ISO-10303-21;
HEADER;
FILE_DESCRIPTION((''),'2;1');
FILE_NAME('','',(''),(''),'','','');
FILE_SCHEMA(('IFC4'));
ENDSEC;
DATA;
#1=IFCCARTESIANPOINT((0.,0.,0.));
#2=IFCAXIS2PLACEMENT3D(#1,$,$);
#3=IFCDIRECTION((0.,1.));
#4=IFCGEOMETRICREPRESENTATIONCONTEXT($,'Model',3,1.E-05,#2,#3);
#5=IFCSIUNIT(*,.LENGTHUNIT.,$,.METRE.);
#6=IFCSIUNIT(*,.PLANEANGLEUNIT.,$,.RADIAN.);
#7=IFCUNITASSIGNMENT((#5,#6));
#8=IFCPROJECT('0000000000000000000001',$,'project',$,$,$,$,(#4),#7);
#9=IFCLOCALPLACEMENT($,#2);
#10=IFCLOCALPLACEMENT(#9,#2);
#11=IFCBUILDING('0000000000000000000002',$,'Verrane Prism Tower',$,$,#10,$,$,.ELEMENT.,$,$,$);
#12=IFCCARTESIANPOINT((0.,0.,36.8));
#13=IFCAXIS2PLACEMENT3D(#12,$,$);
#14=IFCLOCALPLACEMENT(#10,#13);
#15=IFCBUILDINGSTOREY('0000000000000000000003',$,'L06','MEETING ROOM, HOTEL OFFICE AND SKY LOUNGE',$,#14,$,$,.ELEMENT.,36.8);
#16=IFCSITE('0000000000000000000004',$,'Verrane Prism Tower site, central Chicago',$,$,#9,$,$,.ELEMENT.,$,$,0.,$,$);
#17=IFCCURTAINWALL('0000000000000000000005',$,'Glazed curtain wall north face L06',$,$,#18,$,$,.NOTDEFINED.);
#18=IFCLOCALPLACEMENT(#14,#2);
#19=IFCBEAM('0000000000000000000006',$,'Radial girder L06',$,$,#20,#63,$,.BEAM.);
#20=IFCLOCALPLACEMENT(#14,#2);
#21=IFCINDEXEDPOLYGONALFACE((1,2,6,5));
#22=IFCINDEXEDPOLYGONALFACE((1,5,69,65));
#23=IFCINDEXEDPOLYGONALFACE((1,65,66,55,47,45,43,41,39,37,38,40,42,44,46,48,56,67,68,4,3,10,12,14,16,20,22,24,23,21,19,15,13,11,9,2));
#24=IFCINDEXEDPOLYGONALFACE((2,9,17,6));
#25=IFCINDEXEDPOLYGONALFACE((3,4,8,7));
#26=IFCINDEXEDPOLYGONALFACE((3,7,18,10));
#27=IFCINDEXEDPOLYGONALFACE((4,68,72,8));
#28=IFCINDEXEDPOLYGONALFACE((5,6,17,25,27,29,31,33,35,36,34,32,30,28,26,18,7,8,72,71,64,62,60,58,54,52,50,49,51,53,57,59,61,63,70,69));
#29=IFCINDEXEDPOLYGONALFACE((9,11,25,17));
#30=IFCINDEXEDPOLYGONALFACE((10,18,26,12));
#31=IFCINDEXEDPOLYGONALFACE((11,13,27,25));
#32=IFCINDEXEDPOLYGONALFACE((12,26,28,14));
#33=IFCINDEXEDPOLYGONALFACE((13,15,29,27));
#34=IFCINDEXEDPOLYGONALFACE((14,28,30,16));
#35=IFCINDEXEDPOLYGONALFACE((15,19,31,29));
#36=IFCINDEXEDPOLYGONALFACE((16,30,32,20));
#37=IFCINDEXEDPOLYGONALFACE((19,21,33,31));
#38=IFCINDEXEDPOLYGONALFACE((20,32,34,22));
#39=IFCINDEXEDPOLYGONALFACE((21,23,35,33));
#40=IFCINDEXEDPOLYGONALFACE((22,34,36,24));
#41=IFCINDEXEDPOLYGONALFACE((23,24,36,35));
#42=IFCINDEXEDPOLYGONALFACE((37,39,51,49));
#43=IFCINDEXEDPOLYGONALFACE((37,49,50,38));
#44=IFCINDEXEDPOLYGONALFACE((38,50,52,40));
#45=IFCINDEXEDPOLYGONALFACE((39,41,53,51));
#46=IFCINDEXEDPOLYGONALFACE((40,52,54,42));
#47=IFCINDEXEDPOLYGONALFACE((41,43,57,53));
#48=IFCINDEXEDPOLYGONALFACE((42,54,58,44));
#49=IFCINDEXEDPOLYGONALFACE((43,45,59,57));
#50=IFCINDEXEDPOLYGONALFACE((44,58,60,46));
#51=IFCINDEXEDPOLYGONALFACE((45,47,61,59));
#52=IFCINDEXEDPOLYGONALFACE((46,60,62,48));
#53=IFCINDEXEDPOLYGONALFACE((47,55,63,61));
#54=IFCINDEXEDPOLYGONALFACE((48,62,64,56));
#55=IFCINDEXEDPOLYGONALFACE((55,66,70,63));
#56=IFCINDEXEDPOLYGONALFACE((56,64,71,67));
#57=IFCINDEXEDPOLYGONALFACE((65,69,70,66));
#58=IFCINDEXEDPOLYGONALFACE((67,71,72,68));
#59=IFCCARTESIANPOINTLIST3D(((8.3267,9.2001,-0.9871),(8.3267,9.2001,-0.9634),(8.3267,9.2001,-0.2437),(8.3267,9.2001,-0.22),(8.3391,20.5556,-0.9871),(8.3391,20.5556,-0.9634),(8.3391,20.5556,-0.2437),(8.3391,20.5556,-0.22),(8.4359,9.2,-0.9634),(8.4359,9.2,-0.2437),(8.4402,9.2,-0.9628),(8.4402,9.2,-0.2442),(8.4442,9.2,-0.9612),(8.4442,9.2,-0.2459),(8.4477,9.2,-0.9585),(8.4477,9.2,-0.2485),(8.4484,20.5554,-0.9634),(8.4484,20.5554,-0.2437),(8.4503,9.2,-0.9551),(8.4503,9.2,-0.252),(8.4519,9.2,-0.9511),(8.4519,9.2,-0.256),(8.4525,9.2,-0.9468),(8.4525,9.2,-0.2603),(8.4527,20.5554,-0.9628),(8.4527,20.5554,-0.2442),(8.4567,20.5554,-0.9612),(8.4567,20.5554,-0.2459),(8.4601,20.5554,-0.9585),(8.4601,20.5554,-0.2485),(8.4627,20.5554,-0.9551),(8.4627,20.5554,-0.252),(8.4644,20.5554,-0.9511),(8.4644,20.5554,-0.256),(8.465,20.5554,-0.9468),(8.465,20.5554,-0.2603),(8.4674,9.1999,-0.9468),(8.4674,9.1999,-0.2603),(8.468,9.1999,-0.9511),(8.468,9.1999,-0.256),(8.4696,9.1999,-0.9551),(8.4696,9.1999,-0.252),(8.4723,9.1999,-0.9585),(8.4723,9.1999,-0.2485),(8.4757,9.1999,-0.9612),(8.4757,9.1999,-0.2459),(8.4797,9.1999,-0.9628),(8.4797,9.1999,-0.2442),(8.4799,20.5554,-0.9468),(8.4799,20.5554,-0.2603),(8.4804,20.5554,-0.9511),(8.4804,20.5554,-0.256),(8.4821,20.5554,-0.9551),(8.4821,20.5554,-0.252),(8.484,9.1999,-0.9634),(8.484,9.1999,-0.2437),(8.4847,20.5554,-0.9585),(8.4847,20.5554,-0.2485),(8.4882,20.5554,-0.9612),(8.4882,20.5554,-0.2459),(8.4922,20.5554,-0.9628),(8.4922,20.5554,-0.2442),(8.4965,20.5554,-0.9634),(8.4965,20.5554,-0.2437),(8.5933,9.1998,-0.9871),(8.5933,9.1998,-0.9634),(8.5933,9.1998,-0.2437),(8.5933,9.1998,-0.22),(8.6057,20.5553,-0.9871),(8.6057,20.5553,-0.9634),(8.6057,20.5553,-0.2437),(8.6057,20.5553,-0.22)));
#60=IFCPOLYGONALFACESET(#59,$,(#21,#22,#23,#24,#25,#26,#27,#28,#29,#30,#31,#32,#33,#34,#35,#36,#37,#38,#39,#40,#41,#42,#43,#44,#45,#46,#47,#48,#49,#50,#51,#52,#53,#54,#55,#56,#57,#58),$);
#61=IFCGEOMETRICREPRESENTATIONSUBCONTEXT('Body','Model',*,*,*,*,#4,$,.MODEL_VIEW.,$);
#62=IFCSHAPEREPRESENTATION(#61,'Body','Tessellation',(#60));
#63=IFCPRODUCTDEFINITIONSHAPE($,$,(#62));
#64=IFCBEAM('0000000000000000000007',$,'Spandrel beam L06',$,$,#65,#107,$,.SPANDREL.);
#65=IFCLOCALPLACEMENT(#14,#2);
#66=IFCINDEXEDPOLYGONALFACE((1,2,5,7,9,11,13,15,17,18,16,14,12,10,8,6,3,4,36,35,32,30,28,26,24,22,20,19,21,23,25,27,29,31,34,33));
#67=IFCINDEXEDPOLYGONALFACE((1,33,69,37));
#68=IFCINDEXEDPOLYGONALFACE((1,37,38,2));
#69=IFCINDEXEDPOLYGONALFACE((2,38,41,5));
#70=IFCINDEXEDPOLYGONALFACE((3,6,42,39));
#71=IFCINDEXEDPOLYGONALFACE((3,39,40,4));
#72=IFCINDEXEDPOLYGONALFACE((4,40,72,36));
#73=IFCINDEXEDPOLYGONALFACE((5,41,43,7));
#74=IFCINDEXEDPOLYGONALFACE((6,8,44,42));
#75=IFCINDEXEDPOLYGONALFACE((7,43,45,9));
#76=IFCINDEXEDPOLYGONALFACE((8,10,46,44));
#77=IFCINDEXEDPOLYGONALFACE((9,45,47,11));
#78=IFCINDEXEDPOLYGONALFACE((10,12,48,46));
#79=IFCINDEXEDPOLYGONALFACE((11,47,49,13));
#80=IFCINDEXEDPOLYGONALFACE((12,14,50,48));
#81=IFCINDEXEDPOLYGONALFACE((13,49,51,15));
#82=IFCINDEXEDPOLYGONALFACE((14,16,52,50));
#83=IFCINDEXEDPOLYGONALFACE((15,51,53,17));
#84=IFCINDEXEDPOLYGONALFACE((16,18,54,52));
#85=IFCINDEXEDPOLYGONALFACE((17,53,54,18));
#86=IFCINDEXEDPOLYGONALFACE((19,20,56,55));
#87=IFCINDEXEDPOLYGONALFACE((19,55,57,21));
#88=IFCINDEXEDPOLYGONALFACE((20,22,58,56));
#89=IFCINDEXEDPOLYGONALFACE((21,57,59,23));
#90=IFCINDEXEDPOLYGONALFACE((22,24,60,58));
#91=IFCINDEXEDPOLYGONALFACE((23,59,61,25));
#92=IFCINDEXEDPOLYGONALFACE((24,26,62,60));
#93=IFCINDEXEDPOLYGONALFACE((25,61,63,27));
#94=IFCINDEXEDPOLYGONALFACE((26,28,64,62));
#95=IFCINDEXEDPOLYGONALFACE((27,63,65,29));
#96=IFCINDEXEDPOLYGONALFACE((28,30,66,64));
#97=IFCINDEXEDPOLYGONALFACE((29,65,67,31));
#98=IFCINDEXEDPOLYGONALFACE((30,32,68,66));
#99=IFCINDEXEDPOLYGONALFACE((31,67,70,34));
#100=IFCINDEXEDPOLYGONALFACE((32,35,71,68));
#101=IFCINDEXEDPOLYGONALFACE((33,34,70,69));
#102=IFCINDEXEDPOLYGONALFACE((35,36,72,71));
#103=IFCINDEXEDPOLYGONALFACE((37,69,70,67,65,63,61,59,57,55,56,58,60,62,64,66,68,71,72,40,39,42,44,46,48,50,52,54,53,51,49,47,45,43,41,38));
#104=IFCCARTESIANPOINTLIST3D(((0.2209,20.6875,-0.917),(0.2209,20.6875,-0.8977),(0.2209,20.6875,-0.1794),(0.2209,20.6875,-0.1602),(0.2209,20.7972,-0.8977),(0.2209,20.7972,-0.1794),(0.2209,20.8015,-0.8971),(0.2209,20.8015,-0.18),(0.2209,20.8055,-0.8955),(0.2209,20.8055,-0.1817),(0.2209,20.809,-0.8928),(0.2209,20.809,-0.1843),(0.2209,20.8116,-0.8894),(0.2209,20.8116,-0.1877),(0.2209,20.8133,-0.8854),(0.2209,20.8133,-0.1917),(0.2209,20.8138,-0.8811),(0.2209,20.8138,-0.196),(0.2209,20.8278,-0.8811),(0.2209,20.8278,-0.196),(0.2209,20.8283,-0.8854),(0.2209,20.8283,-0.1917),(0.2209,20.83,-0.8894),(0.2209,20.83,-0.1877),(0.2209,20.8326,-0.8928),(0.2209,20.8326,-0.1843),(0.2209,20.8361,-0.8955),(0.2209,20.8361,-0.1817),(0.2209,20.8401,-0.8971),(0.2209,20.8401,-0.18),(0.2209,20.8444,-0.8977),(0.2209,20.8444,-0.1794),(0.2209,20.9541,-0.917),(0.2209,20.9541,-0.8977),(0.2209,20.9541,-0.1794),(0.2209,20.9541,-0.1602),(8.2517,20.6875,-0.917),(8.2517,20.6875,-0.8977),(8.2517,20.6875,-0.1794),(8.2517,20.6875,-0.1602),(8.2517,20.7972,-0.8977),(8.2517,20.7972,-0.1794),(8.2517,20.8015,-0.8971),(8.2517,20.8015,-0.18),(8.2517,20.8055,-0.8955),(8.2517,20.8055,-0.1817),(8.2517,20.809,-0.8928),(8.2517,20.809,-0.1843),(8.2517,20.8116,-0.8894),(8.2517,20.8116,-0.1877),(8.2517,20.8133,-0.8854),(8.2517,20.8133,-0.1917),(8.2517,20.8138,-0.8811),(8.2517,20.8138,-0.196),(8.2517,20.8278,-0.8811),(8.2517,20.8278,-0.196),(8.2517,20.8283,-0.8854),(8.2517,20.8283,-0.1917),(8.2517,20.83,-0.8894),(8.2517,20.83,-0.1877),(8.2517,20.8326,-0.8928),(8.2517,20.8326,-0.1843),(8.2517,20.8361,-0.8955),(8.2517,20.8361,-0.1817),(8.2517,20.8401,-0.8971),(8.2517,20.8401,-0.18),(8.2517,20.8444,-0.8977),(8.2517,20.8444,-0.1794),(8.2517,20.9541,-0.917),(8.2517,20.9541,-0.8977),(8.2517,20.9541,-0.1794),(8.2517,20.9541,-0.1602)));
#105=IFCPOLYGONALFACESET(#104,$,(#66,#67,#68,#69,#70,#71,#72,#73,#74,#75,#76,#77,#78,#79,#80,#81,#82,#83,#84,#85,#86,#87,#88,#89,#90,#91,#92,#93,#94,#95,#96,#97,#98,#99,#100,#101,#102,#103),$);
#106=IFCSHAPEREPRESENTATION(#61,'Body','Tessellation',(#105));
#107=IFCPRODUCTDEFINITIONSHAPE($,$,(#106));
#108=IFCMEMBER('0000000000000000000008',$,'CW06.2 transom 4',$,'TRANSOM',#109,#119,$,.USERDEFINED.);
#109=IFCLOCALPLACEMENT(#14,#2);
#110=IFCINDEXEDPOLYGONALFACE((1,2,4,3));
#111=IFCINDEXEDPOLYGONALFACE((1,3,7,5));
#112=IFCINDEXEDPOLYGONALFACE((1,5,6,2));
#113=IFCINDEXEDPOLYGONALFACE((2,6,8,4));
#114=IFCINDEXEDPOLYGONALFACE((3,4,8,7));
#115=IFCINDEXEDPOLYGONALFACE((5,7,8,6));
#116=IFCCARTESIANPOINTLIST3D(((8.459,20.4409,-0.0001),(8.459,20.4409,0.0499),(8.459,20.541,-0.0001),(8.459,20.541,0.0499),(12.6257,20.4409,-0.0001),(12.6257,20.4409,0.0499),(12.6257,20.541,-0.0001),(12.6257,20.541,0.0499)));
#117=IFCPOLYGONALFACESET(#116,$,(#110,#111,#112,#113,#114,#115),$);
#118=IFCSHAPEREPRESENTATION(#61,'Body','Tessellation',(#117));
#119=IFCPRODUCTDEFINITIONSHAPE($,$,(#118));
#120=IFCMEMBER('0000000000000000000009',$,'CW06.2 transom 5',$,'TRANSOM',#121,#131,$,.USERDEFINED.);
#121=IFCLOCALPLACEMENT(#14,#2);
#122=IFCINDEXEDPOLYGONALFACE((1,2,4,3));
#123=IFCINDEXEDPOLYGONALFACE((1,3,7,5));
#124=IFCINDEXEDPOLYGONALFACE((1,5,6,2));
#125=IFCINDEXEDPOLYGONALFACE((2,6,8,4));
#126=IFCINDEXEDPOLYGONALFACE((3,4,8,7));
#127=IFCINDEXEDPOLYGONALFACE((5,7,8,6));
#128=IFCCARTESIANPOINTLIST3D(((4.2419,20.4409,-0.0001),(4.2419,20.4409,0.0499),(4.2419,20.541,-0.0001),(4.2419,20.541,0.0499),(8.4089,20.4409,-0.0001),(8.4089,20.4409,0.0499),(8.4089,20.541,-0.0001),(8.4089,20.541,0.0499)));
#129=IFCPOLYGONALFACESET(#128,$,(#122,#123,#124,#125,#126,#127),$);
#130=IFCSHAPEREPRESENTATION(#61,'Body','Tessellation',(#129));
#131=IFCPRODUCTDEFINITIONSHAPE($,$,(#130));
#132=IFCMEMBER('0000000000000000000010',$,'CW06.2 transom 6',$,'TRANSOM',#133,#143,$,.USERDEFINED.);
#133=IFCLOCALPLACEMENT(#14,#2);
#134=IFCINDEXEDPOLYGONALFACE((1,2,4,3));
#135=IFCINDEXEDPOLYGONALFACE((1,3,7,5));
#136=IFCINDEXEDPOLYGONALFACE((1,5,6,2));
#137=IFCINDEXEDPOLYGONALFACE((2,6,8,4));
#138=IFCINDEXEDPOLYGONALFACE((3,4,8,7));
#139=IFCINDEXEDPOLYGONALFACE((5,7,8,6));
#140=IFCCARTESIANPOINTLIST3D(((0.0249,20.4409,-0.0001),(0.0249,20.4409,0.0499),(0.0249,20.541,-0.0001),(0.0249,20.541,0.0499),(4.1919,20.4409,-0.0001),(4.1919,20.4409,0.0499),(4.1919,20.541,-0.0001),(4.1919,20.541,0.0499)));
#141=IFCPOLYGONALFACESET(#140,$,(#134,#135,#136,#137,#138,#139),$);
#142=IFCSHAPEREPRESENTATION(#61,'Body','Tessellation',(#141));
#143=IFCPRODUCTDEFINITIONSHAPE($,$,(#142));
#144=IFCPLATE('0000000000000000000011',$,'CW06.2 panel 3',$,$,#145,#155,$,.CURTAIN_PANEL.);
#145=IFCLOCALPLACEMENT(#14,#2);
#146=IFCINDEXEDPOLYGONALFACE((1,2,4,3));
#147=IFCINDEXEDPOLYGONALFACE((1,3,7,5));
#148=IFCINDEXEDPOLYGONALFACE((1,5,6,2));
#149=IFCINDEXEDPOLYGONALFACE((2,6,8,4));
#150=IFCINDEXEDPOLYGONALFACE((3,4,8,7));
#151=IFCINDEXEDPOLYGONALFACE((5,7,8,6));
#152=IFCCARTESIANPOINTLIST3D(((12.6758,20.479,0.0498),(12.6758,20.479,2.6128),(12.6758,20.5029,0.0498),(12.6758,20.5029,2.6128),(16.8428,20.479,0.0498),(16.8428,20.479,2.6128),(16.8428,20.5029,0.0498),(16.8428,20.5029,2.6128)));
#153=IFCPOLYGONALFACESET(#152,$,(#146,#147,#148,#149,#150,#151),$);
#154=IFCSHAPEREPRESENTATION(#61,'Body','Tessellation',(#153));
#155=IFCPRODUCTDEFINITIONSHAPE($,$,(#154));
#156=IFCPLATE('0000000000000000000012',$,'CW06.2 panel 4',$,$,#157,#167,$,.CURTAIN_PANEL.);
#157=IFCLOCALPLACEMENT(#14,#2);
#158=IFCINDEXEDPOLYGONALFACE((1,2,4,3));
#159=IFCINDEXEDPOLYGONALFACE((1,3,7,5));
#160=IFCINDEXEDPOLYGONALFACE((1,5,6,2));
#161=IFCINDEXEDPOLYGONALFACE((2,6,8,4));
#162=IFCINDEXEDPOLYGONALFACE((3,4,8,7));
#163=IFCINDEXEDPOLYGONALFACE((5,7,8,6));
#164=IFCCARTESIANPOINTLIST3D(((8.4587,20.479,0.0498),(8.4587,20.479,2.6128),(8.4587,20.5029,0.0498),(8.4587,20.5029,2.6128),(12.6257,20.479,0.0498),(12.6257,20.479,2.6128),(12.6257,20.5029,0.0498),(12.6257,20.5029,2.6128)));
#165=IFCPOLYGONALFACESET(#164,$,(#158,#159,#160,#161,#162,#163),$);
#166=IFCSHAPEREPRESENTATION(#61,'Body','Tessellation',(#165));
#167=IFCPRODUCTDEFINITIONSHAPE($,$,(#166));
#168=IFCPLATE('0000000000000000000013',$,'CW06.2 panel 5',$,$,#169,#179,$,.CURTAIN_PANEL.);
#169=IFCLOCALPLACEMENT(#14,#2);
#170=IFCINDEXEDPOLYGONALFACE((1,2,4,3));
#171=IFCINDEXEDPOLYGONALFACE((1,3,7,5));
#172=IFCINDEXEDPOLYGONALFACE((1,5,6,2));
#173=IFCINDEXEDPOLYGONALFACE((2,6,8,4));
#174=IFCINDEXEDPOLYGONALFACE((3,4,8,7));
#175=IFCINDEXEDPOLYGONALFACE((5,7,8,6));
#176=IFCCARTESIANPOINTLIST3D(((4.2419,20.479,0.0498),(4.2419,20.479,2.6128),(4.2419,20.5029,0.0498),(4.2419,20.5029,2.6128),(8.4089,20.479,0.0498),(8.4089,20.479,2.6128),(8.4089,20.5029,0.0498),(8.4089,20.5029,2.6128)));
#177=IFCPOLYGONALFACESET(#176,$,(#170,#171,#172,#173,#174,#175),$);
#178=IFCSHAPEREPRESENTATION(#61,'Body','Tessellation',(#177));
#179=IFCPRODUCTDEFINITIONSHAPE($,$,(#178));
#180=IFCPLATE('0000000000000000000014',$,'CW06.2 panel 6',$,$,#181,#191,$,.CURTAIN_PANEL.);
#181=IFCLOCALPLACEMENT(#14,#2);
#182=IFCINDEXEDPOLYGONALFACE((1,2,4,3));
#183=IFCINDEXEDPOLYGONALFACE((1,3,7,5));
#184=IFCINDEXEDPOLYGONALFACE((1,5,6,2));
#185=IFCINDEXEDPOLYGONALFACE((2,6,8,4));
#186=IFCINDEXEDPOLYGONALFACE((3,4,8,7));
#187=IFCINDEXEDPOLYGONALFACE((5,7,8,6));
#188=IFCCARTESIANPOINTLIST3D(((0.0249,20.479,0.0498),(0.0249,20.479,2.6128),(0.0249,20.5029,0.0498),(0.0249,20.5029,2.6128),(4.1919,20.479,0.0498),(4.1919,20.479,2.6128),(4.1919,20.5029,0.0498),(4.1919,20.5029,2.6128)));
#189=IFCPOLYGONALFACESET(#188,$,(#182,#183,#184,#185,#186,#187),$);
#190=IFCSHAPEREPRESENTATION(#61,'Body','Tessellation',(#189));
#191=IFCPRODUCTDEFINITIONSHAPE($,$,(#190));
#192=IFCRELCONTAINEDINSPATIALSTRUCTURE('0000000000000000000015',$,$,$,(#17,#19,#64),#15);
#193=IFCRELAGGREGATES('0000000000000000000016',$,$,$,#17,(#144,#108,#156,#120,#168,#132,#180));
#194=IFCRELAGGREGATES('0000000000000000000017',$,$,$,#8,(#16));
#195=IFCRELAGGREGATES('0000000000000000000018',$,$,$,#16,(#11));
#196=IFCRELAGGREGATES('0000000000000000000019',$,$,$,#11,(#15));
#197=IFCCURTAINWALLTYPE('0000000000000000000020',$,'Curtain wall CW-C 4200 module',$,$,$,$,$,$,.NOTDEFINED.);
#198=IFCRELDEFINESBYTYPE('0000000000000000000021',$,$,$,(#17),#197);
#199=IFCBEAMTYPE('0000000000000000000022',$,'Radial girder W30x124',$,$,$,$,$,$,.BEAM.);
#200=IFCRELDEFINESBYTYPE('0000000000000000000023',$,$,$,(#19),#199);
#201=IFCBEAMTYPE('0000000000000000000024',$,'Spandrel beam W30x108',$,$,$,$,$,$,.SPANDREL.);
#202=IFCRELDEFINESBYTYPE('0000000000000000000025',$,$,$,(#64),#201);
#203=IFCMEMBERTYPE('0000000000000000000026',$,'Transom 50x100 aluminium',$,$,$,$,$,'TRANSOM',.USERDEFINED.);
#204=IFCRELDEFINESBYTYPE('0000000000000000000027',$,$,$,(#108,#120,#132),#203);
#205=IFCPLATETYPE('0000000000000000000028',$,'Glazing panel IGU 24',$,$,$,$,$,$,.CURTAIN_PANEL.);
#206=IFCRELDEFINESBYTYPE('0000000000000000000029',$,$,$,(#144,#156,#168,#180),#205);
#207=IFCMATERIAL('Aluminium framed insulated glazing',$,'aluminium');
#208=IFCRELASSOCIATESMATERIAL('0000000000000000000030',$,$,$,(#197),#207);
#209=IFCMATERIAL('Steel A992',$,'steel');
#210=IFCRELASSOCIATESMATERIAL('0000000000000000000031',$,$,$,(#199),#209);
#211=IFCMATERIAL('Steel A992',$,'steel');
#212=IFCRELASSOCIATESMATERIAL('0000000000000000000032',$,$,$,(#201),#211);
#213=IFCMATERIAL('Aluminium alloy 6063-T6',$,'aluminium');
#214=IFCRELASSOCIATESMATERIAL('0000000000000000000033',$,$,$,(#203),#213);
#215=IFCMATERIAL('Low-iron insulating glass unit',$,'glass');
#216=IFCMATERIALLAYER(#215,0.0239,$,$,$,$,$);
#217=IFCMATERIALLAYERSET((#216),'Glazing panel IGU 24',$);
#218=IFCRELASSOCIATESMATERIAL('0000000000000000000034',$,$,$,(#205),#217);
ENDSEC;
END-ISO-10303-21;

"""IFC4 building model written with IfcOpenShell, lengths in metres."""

from ifc_helpers import new_model, si_unit, direction, frame, origin, origin_2d, place, context, subcontext, project, spatial, rectangle, i_section, extrude, material, layer, layer_set, material_profile, profile_set, type_object, element, aggregate, save


model = new_model("IFC4")

# Units and contexts
model_context = context("Model", 3, precision=1e-05, world=origin(), true_north=direction((0.0, 1.0)))
body_context = subcontext(model_context, "Body", "Model", "MODEL_VIEW")
ifc_project = project(units=[si_unit("LENGTHUNIT", "METRE"), si_unit("PLANEANGLEUNIT", "RADIAN")], contexts=[model_context])

# Site, building, storey
site_placement = place(None, origin())
site = spatial("IfcSite", under=ifc_project, at=site_placement, Name="Verrane Prism Tower site, central Chicago", CompositionType="ELEMENT", RefElevation=0.0)
building_placement = place(site_placement, origin())
building = spatial("IfcBuilding", under=site, at=building_placement, Name="Verrane Prism Tower", CompositionType="ELEMENT")
storey_placement = place(building_placement, frame((0.0, 0.0, 36.8)))
storey = spatial("IfcBuildingStorey", under=building, at=storey_placement, Name="L06", Description="MEETING ROOM, HOTEL OFFICE AND SKY LOUNGE", CompositionType="ELEMENT", Elevation=36.8)

# Curtain wall
ifc_material_1 = material(Name="Aluminium framed insulated glazing", Category="aluminium")
curtain_wall_type = type_object("IfcCurtainWallType", Name="Curtain wall CW-C 4200 module", PredefinedType="NOTDEFINED", material=ifc_material_1)
curtain_wall_placement = place(storey_placement, origin())
curtain_wall = element("IfcCurtainWall", 1, at=curtain_wall_placement, inside=storey, type_object=curtain_wall_type, Name="Glazed curtain wall north face L06", PredefinedType="NOTDEFINED")

# Beams
ifc_material_2 = material(Name="Steel A992", Category="steel")
ifc_material_profile_1 = material_profile(ifc_material_2, i_section(OverallWidth=0.2666, OverallDepth=0.7671, WebThickness=0.0149, FlangeThickness=0.0237, FilletRadius=0.0166, at=origin_2d()), Name="W30x124")
ifc_profile_set_1 = profile_set([ifc_material_profile_1], Name="Steel A992")
beam_type_1 = type_object("IfcBeamType", Name="Radial girder W30x124", PredefinedType="BEAM", material=ifc_profile_set_1)
beam_1_placement = place(storey_placement, frame((8.4724, 20.5554, -0.6035), z_axis=(-0.001096, -0.999999, 0.0), x_axis=(0.999999, -0.001096, 0.0)))
element("IfcBeam", 2, at=beam_1_placement, inside=storey, type_object=beam_type_1, Name="Radial girder L06", PredefinedType="BEAM", context=body_context, shape_type="SweptSolid", body=[
    extrude(i_section(OverallWidth=0.2666, OverallDepth=0.7671, WebThickness=0.0149, FlangeThickness=0.0237, FilletRadius=0.0166, at=origin_2d()), origin(), (0.0, 0.0, 1.0), 11.3555),
])
ifc_material_3 = material(Name="Steel A992", Category="steel")
ifc_material_profile_2 = material_profile(ifc_material_3, i_section(OverallWidth=0.2666, OverallDepth=0.7568, WebThickness=0.0139, FlangeThickness=0.0193, FilletRadius=0.0166, at=origin_2d()), Name="W30x108")
ifc_profile_set_2 = profile_set([ifc_material_profile_2], Name="Steel A992")
beam_type_2 = type_object("IfcBeamType", Name="Spandrel beam W30x108", PredefinedType="SPANDREL", material=ifc_profile_set_2)
beam_2_placement = place(storey_placement, frame((8.2517, 20.8208, -0.5386), z_axis=(-1.0, 0.0, 0.0), x_axis=(0.0, -1.0, 0.0)))
element("IfcBeam", 3, at=beam_2_placement, inside=storey, type_object=beam_type_2, Name="Spandrel beam L06", PredefinedType="SPANDREL", context=body_context, shape_type="SweptSolid", body=[
    extrude(i_section(OverallWidth=0.2666, OverallDepth=0.7568, WebThickness=0.0139, FlangeThickness=0.0193, FilletRadius=0.0166, at=origin_2d()), origin(), (0.0, 0.0, 1.0), 8.0308),
])

# Members
ifc_material_4 = material(Name="Aluminium alloy 6063-T6", Category="aluminium")
ifc_material_profile_3 = material_profile(ifc_material_4, rectangle(XDim=0.1001, YDim=0.05, at=origin_2d()), Name="Transom 50x100 aluminium")
ifc_profile_set_3 = profile_set([ifc_material_profile_3], Name="Aluminium alloy 6063-T6")
member_type_1 = type_object("IfcMemberType", Name="Transom 50x100 aluminium", ElementType="TRANSOM", PredefinedType="USERDEFINED", material=ifc_profile_set_3)
member_1_placement = place(storey_placement, frame((12.6257, 20.491, 0.0249), z_axis=(-1.0, 0.0, 0.0), x_axis=(0.0, -1.0, 0.0)))
member_1 = element("IfcMember", 4, at=member_1_placement, type_object=member_type_1, Name="CW06.2 transom 4", ObjectType="TRANSOM", PredefinedType="USERDEFINED", context=body_context, shape_type="SweptSolid", body=[
    extrude(rectangle(XDim=0.1001, YDim=0.05, at=origin_2d()), origin(), (0.0, 0.0, 1.0), 4.1667),
])
member_2_placement = place(storey_placement, frame((8.4089, 20.491, 0.0249), z_axis=(-1.0, 0.0, 0.0), x_axis=(0.0, -1.0, 0.0)))
member_2 = element("IfcMember", 5, at=member_2_placement, type_object=member_type_1, Name="CW06.2 transom 5", ObjectType="TRANSOM", PredefinedType="USERDEFINED", context=body_context, shape_type="SweptSolid", body=[
    extrude(rectangle(XDim=0.1001, YDim=0.05, at=origin_2d()), origin(), (0.0, 0.0, 1.0), 4.167),
])
member_3_placement = place(storey_placement, frame((4.1919, 20.491, 0.0249), z_axis=(-1.0, 0.0, 0.0), x_axis=(0.0, -1.0, 0.0)))
member_3 = element("IfcMember", 6, at=member_3_placement, type_object=member_type_1, Name="CW06.2 transom 6", ObjectType="TRANSOM", PredefinedType="USERDEFINED", context=body_context, shape_type="SweptSolid", body=[
    extrude(rectangle(XDim=0.1001, YDim=0.05, at=origin_2d()), origin(), (0.0, 0.0, 1.0), 4.167),
])

# Plates
ifc_material_5 = material(Name="Low-iron insulating glass unit", Category="glass")
ifc_layer_1 = layer(ifc_material_5, 0.0239)
ifc_layer_set_1 = layer_set([ifc_layer_1], Name="Glazing panel IGU 24")
plate_type = type_object("IfcPlateType", Name="Glazing panel IGU 24", PredefinedType="CURTAIN_PANEL", material=ifc_layer_set_1)
plate_1_placement = place(storey_placement, frame((14.7593, 20.491, 0.0498), z_axis=(0.0, 0.0, 1.0), x_axis=(-1.0, 0.0, 0.0)))
plate_1 = element("IfcPlate", 7, at=plate_1_placement, type_object=plate_type, Name="CW06.2 panel 3", PredefinedType="CURTAIN_PANEL", context=body_context, shape_type="SweptSolid", body=[
    extrude(rectangle(XDim=4.167, YDim=0.0239, at=origin_2d()), origin(), (0.0, 0.0, 1.0), 2.563),
])
plate_2_placement = place(storey_placement, frame((10.5422, 20.491, 0.0498), z_axis=(0.0, 0.0, 1.0), x_axis=(-1.0, 0.0, 0.0)))
plate_2 = element("IfcPlate", 8, at=plate_2_placement, type_object=plate_type, Name="CW06.2 panel 4", PredefinedType="CURTAIN_PANEL", context=body_context, shape_type="SweptSolid", body=[
    extrude(rectangle(XDim=4.167, YDim=0.0239, at=origin_2d()), origin(), (0.0, 0.0, 1.0), 2.563),
])
plate_3_placement = place(storey_placement, frame((6.3254, 20.491, 0.0498), z_axis=(0.0, 0.0, 1.0), x_axis=(-1.0, 0.0, 0.0)))
plate_3 = element("IfcPlate", 9, at=plate_3_placement, type_object=plate_type, Name="CW06.2 panel 5", PredefinedType="CURTAIN_PANEL", context=body_context, shape_type="SweptSolid", body=[
    extrude(rectangle(XDim=4.167, YDim=0.0239, at=origin_2d()), origin(), (0.0, 0.0, 1.0), 2.563),
])
plate_4_placement = place(storey_placement, frame((2.1084, 20.491, 0.0498), z_axis=(0.0, 0.0, 1.0), x_axis=(-1.0, 0.0, 0.0)))
plate_4 = element("IfcPlate", 10, at=plate_4_placement, type_object=plate_type, Name="CW06.2 panel 6", PredefinedType="CURTAIN_PANEL", context=body_context, shape_type="SweptSolid", body=[
    extrude(rectangle(XDim=4.167, YDim=0.0239, at=origin_2d()), origin(), (0.0, 0.0, 1.0), 2.563),
])
aggregate(curtain_wall, [plate_1, member_1, plate_2, member_2, plate_3, member_3, plate_4])

save(model, "model.ifc")
